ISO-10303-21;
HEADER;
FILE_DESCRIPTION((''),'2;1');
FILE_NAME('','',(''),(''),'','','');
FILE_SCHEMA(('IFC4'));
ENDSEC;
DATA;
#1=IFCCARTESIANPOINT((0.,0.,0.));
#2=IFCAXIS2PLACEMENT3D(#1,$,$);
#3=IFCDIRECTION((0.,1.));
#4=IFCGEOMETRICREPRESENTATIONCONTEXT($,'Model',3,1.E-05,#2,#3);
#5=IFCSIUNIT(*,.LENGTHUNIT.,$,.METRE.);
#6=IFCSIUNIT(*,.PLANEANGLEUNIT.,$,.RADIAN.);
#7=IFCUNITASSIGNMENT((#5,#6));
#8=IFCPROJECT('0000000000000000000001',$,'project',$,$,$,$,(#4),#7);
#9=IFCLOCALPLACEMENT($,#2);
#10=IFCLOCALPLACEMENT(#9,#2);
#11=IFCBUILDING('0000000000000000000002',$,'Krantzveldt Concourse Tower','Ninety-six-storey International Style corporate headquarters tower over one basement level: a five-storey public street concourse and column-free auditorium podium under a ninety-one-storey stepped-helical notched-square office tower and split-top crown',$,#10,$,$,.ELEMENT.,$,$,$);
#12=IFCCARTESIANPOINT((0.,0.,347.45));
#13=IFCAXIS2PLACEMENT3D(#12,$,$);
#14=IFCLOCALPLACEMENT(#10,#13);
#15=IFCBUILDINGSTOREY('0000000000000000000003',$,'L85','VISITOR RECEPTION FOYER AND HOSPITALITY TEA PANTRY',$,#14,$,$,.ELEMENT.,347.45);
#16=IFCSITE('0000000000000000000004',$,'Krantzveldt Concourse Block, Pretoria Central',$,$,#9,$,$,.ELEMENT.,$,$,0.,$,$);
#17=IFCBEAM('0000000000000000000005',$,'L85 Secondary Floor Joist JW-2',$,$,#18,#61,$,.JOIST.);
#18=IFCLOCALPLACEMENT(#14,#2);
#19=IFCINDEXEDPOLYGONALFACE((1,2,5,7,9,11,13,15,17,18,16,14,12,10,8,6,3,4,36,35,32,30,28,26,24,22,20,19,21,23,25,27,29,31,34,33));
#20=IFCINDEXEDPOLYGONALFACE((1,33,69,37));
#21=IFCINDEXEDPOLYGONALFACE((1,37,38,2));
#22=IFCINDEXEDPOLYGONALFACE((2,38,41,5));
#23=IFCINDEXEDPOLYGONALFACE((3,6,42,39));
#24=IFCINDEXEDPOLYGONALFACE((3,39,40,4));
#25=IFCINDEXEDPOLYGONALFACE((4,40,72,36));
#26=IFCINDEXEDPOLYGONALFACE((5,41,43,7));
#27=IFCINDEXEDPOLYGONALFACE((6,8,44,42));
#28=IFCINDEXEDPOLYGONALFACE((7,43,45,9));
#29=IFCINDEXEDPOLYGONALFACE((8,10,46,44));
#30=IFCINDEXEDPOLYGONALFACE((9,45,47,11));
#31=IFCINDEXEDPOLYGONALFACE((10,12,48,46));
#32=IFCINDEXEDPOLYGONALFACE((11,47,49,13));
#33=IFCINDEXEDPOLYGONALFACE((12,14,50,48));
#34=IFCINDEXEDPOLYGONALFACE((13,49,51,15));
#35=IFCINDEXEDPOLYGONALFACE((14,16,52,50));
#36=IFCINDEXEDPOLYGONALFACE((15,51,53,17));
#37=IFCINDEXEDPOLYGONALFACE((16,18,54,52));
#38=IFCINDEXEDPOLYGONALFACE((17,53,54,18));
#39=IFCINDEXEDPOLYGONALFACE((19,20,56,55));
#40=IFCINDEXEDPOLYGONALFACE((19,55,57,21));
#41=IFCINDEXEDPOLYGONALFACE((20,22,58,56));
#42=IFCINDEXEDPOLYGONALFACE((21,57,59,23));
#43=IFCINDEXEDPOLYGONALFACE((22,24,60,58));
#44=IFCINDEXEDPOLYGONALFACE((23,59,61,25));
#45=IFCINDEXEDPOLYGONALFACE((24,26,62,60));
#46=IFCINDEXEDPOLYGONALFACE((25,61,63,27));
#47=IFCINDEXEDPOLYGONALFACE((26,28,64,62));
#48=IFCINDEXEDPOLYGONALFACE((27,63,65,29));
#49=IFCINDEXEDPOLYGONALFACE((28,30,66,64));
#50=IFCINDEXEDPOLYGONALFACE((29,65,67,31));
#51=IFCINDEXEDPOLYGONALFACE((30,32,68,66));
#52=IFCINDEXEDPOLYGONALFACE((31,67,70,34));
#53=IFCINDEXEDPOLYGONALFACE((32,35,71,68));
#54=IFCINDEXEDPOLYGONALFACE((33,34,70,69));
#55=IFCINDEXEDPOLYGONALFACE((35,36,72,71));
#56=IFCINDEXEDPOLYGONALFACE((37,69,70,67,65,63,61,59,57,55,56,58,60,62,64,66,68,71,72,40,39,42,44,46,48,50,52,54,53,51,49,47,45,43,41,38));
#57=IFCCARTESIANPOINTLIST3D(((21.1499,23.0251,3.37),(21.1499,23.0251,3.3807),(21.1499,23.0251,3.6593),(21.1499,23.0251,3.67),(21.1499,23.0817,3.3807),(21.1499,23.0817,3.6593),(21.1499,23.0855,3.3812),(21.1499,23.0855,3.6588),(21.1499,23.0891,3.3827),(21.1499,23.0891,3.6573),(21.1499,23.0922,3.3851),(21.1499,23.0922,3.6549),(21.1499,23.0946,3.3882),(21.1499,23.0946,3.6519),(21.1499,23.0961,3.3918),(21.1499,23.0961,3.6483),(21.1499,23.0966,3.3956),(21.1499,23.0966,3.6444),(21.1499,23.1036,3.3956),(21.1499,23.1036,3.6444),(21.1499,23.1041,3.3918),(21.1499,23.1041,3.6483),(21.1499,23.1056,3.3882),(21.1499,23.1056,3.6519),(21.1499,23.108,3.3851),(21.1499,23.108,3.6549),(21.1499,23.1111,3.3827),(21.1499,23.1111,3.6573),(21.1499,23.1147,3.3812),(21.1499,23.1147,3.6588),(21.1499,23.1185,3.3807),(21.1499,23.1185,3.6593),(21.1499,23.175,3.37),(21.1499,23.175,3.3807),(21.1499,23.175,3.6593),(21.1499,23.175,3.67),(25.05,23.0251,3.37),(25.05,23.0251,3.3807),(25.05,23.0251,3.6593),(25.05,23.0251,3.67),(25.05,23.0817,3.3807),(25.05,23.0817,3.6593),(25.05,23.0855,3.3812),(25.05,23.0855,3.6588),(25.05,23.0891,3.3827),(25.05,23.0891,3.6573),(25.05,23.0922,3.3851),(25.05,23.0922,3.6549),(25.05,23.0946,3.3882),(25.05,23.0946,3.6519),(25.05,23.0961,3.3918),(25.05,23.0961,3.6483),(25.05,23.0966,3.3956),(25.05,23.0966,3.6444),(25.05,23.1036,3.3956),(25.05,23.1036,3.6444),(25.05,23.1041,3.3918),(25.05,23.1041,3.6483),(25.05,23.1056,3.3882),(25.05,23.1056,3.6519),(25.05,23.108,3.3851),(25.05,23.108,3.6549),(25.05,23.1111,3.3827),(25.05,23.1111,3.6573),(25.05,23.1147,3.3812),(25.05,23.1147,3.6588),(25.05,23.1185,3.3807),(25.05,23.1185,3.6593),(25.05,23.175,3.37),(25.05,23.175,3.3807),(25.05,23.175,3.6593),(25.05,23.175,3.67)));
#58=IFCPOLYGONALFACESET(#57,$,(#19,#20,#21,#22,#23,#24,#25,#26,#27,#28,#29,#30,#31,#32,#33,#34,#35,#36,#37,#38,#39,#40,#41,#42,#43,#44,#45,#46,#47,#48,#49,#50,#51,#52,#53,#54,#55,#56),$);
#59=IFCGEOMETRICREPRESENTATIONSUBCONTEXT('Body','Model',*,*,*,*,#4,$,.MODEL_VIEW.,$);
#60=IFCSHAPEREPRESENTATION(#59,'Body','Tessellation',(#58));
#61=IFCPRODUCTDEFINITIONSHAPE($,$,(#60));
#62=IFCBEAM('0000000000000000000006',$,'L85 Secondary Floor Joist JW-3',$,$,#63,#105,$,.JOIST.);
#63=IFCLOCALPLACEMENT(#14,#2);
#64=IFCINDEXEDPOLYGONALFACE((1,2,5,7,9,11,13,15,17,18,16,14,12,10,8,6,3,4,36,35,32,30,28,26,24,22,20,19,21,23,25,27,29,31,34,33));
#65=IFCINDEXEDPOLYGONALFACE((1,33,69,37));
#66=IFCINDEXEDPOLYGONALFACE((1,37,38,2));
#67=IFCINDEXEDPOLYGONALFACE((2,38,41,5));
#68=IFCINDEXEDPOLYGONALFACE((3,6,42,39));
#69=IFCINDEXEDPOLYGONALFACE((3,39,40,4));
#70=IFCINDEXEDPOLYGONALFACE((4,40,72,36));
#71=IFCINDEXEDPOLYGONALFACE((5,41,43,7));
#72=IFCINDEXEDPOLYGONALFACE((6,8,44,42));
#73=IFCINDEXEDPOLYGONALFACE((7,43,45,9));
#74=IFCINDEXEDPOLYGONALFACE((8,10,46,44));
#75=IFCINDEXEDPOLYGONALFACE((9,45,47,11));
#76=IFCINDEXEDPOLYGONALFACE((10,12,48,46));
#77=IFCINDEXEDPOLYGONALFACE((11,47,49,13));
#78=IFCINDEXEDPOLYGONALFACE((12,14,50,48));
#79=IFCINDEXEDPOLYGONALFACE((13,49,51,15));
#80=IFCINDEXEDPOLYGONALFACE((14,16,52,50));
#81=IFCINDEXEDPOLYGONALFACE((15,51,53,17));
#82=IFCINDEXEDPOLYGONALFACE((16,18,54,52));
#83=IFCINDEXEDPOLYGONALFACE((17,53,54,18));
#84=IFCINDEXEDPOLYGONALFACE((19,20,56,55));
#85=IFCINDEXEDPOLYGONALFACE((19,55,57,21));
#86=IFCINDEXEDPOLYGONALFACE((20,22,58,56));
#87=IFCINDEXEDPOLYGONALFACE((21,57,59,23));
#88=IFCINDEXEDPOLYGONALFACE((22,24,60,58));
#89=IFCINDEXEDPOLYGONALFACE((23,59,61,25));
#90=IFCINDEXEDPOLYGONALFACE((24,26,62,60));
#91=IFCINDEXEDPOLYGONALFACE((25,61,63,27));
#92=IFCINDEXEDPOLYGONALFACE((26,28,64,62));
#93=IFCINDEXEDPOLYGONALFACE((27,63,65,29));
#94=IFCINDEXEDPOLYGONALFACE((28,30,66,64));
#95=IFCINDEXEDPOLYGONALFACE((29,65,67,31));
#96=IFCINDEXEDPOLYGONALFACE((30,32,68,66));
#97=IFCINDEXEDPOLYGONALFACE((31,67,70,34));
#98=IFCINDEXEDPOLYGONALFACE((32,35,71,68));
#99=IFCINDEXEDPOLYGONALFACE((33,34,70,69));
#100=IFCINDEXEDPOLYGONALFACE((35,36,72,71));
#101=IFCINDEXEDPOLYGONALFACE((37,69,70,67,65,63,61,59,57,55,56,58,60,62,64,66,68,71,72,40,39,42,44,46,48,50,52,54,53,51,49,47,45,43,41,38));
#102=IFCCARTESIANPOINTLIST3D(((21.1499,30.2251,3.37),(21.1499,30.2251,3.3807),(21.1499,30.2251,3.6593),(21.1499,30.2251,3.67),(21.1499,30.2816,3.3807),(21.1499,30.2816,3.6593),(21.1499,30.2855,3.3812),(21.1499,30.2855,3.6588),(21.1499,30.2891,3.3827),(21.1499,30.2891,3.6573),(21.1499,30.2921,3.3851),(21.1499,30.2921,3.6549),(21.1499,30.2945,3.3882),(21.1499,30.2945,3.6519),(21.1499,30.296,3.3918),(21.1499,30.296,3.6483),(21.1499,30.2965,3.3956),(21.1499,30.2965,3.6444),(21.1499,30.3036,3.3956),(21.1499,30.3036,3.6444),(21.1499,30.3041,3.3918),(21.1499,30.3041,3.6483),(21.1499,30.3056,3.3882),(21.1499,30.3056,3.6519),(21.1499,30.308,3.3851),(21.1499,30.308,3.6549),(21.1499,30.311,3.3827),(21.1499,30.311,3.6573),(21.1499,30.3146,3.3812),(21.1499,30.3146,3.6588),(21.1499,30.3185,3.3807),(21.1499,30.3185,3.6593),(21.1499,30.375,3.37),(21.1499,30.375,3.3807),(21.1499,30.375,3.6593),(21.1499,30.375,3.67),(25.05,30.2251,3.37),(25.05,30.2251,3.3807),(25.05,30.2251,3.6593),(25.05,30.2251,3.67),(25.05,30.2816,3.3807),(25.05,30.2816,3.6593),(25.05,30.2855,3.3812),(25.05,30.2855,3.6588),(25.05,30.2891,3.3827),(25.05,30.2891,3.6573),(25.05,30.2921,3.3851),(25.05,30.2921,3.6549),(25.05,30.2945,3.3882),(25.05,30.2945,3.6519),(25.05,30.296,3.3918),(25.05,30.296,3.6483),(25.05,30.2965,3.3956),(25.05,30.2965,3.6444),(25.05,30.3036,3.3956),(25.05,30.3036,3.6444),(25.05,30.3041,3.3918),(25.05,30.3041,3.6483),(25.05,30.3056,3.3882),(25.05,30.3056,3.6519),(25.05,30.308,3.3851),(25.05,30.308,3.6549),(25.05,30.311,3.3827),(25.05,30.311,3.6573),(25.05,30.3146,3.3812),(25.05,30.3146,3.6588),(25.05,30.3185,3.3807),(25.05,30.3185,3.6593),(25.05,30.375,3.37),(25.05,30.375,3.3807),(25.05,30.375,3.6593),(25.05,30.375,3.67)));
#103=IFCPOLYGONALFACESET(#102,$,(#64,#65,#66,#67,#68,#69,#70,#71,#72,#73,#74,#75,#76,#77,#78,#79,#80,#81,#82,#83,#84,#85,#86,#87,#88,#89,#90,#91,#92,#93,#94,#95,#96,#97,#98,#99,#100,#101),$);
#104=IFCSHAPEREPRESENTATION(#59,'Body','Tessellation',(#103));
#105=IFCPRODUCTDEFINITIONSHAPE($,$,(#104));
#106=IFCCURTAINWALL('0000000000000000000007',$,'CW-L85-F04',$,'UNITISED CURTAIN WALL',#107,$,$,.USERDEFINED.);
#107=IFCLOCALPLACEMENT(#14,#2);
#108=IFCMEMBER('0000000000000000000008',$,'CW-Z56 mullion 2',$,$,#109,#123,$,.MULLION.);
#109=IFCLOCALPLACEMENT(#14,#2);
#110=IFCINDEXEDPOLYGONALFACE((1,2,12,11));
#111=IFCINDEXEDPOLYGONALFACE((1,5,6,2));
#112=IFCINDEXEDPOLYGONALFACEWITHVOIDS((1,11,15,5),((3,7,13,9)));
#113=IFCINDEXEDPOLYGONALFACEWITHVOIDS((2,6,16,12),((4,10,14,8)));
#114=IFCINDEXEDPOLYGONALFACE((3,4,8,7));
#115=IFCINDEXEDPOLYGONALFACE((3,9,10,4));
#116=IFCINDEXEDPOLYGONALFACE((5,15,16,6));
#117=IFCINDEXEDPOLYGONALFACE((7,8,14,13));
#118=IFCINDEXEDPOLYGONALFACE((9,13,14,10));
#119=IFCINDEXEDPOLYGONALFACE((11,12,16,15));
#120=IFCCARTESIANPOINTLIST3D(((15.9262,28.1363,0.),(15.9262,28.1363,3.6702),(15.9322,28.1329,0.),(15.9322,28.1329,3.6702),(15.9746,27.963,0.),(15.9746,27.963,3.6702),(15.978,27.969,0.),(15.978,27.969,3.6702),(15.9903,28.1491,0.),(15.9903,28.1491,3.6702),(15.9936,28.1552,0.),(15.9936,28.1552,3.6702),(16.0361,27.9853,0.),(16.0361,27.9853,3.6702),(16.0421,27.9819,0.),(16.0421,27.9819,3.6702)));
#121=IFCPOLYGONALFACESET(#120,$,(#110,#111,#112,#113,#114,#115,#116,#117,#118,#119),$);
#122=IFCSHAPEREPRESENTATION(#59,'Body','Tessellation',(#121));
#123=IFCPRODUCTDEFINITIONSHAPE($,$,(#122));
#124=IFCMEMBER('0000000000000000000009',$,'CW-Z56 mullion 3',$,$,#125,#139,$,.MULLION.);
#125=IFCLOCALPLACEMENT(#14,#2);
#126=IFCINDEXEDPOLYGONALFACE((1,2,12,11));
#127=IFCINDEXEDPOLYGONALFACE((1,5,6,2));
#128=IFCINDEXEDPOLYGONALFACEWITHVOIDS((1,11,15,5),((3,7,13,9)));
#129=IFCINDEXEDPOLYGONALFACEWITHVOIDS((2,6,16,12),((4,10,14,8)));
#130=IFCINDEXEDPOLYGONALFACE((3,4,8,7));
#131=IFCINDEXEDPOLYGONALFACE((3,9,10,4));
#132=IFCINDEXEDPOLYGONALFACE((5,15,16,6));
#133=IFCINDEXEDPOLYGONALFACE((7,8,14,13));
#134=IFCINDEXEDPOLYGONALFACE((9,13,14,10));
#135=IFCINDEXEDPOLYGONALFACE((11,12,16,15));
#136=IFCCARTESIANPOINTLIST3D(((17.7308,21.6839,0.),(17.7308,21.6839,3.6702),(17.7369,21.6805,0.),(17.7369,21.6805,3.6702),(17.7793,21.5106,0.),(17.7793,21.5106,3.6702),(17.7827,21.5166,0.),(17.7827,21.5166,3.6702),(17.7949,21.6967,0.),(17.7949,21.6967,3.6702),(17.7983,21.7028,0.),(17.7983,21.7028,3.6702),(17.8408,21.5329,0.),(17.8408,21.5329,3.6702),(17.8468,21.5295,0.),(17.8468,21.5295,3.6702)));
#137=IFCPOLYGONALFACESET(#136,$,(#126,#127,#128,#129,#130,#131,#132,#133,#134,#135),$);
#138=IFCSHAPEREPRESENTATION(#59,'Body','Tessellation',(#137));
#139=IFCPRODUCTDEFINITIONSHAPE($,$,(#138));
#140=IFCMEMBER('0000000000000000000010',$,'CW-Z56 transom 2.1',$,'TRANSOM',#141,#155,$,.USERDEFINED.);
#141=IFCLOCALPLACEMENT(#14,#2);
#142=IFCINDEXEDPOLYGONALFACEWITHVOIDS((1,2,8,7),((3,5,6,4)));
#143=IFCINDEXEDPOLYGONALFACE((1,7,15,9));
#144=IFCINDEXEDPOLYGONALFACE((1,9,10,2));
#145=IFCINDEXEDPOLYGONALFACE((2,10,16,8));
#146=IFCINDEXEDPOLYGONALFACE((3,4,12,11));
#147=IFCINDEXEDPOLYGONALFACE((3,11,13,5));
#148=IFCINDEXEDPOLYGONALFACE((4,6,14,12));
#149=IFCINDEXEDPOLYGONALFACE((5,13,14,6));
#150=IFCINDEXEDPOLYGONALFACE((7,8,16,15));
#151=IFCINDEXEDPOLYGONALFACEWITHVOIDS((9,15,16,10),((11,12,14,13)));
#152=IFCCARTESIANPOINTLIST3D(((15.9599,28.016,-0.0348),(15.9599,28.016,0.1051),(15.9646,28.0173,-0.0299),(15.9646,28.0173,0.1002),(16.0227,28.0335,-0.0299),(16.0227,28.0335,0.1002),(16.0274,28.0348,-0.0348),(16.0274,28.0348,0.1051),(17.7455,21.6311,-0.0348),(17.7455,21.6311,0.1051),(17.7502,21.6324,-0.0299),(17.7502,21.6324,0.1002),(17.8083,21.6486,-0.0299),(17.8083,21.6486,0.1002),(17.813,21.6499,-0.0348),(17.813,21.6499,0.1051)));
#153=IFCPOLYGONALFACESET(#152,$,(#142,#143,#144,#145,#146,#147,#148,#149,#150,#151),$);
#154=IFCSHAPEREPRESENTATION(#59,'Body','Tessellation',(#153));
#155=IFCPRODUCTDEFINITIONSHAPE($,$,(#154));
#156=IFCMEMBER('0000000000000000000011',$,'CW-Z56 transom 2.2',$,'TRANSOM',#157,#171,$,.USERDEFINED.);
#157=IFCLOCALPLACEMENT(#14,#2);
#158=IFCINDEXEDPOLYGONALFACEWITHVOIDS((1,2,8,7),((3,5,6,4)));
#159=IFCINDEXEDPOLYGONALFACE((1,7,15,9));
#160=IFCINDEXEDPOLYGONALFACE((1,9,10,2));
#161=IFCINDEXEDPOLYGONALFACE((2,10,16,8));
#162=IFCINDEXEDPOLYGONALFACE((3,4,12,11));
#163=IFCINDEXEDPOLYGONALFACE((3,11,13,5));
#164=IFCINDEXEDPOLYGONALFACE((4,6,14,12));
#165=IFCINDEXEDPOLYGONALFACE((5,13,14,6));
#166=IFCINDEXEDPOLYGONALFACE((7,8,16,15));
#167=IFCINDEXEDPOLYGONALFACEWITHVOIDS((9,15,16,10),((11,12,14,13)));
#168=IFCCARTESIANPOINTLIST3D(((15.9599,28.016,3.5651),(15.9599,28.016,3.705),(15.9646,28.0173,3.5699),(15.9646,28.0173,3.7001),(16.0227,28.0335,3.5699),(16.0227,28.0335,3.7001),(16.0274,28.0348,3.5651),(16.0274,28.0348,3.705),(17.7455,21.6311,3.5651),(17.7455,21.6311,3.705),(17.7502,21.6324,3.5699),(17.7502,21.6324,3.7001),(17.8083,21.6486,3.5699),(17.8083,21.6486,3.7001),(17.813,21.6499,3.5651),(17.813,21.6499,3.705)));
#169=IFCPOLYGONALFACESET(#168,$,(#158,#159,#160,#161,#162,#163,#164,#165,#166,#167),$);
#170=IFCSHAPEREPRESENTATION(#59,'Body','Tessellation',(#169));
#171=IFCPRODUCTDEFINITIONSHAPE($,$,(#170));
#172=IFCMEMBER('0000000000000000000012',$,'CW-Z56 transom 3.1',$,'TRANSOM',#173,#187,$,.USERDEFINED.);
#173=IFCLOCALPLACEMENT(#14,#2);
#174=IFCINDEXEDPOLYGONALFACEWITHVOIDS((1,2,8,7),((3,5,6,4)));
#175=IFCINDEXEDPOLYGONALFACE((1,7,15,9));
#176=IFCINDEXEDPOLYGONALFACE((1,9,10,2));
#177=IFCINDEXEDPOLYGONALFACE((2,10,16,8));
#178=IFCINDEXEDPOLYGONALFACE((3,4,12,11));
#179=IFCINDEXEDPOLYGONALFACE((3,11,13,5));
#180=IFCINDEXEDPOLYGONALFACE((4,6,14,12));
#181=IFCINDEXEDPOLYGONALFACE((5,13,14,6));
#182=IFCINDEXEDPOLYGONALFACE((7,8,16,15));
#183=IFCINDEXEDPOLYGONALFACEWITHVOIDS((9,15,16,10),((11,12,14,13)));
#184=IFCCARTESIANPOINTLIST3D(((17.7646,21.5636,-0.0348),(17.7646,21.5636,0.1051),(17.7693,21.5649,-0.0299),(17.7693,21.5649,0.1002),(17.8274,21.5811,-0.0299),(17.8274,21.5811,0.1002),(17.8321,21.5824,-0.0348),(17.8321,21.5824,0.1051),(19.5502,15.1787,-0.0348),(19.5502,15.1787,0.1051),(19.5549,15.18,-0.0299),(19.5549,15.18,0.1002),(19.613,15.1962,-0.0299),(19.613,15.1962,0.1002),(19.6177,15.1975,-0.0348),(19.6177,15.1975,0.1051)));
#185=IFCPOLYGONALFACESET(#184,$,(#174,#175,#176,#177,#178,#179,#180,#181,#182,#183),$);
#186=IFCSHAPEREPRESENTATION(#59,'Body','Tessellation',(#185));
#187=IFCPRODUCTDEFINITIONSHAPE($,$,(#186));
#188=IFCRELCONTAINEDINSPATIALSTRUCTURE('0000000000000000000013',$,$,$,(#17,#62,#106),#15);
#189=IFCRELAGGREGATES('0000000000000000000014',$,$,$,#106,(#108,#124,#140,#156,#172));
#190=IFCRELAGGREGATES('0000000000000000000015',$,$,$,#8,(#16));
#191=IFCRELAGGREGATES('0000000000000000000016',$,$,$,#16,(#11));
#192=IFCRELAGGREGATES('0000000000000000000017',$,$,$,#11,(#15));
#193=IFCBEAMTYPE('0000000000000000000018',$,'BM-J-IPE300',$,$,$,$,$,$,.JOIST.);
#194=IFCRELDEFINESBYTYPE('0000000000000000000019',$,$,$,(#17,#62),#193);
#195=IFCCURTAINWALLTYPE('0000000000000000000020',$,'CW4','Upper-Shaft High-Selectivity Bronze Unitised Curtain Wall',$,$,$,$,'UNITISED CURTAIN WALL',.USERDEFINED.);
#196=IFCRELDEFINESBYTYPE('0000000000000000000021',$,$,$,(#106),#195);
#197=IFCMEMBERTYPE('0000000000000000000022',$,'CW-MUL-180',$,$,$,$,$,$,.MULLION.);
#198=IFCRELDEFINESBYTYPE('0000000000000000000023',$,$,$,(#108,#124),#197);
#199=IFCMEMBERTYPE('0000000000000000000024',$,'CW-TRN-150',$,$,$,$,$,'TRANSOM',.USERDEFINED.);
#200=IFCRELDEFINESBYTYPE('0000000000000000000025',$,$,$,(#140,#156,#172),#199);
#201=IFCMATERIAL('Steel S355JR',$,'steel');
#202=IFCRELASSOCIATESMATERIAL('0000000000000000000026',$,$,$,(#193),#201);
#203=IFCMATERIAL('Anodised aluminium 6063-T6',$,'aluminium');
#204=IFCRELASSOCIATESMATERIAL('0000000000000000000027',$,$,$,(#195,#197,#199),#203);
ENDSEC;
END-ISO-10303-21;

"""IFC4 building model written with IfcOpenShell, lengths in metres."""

from ifc_helpers import new_model, si_unit, direction, frame, origin, origin_2d, place, context, subcontext, project, spatial, hollow_rectangle, i_section, extrude, source, transform, mapped, material, material_profile, profile_set, type_object, type_shapes, element, aggregate, save


model = new_model("IFC4")

# Units and contexts
model_context = context("Model", 3, precision=1e-05, world=origin(), true_north=direction((0.0, 1.0)))
body_context = subcontext(model_context, "Body", "Model", "MODEL_VIEW")
ifc_project = project(units=[si_unit("LENGTHUNIT", "METRE"), si_unit("PLANEANGLEUNIT", "RADIAN")], contexts=[model_context])

# Site, building, storey
site_placement = place(None, origin())
site = spatial("IfcSite", under=ifc_project, at=site_placement, Name="Krantzveldt Concourse Block, Pretoria Central", CompositionType="ELEMENT", RefElevation=0.0)
building_placement = place(site_placement, origin())
building = spatial("IfcBuilding", under=site, at=building_placement, Name="Krantzveldt Concourse Tower", Description="Ninety-six-storey International Style corporate headquarters tower over one basement level: a five-storey public street concourse and column-free auditorium podium under a ninety-one-storey stepped-helical notched-square office tower and split-top crown", CompositionType="ELEMENT")
storey_placement = place(building_placement, frame((0.0, 0.0, 347.45)))
storey = spatial("IfcBuildingStorey", under=building, at=storey_placement, Name="L85", Description="VISITOR RECEPTION FOYER AND HOSPITALITY TEA PANTRY", CompositionType="ELEMENT", Elevation=347.45)

# Beams
ifc_material_1 = material(Name="Steel S355JR", Category="steel")
ifc_material_profile_1 = material_profile(ifc_material_1, i_section(OverallWidth=0.1499, OverallDepth=0.3, WebThickness=0.0071, FlangeThickness=0.0107, FilletRadius=0.0149, at=origin_2d()), Name="Steel S355JR", Category="steel")
ifc_profile_set_1 = profile_set([ifc_material_profile_1], Name="Steel S355JR - IPE 300")
beam_type_1 = type_object("IfcBeamType", Name="BM-J-IPE300", PredefinedType="JOIST", material=ifc_profile_set_1)
shared_shape_1 = source(origin(), body_context, "Body", "SweptSolid", [
    extrude(i_section(OverallWidth=0.1499, OverallDepth=0.3, WebThickness=0.0071, FlangeThickness=0.0107, FilletRadius=0.0149, at=origin_2d()), origin(), (0.0, 0.0, 1.0), 3.9001),
])
for number, where, z_axis, x_axis, name in (
    (1, (21.1499, 23.1001, 3.52), (1.0, 0.0, 0.0), (0.0, 1.0, 0.0), "L85 Secondary Floor Joist JW-2"),
    (2, (21.1499, 30.3, 3.52), (1.0, 0.0, 0.0), (0.0, 1.0, 0.0), "L85 Secondary Floor Joist JW-3"),
):
    element("IfcBeam", number, at=place(storey_placement, frame(where, z_axis=z_axis, x_axis=x_axis)), inside=storey, type_object=beam_type_1, Name=name, PredefinedType="JOIST", context=body_context, shape_type="MappedRepresentation", body=[
        mapped(shared_shape_1, transform((0.0, 0.0, 0.0), x_axis=(1.0, 0.0, 0.0), y_axis=(0.0, 1.0, 0.0), z_axis=(0.0, 0.0, 1.0), scale=1.0)),
    ])

# Curtain wall, members
ifc_material_2 = material(Name="Anodised aluminium 6063-T6", Category="aluminium")
curtain_wall_type = type_object("IfcCurtainWallType", Name="CW4", Description="Upper-Shaft High-Selectivity Bronze Unitised Curtain Wall", ElementType="UNITISED CURTAIN WALL", PredefinedType="USERDEFINED", material=ifc_material_2)
curtain_wall_placement = place(storey_placement, origin())
curtain_wall = element("IfcCurtainWall", 3, at=curtain_wall_placement, inside=storey, type_object=curtain_wall_type, Name="CW-L85-F04", ObjectType="UNITISED CURTAIN WALL", PredefinedType="USERDEFINED")
ifc_material_profile_2 = material_profile(ifc_material_2, hollow_rectangle(XDim=0.0701, YDim=0.1799, WallThickness=0.0049, at=origin_2d()), Name="Anodised aluminium 6063-T6", Category="aluminium")
ifc_profile_set_2 = profile_set([ifc_material_profile_2], Name="Anodised aluminium 6063-T6 - ALU-MULL 180x70x5")
member_type_1 = type_object("IfcMemberType", Name="CW-MUL-180", PredefinedType="MULLION", material=ifc_profile_set_2)
shared_shape_2 = source(origin(), body_context, "Body", "SweptSolid", [
    extrude(hollow_rectangle(XDim=0.0701, YDim=0.1799, WallThickness=0.0049, at=origin_2d()), origin(), (0.0, 0.0, 1.0), 3.6702),
])
type_shapes(member_type_1, [shared_shape_2])
member_1_placement = place(storey_placement, frame((15.9841, 28.0591, 0.0), z_axis=(0.0, 0.0, 1.0), x_axis=(0.963045, 0.26934, 0.0)))
member_1 = element("IfcMember", 4, at=member_1_placement, type_object=member_type_1, Name="CW-Z56 mullion 2", PredefinedType="MULLION", context=body_context, shape_type="MappedRepresentation", body=[
    mapped(shared_shape_2, transform((0.0, 0.0, 0.0), x_axis=(1.0, 0.0, 0.0), y_axis=(0.0, 1.0, 0.0), z_axis=(0.0, 0.0, 1.0), scale=1.0)),
])
member_2_placement = place(storey_placement, frame((17.7888, 21.6067, 0.0), z_axis=(0.0, 0.0, 1.0), x_axis=(0.963045, 0.26934, 0.0)))
member_2 = element("IfcMember", 5, at=member_2_placement, type_object=member_type_1, Name="CW-Z56 mullion 3", PredefinedType="MULLION", context=body_context, shape_type="MappedRepresentation", body=[
    mapped(shared_shape_2, transform((0.0, 0.0, 0.0), x_axis=(1.0, 0.0, 0.0), y_axis=(0.0, 1.0, 0.0), z_axis=(0.0, 0.0, 1.0), scale=1.0)),
])
ifc_material_profile_3 = material_profile(ifc_material_2, hollow_rectangle(XDim=0.0701, YDim=0.1399, WallThickness=0.0049, at=origin_2d()), Name="Anodised aluminium 6063-T6", Category="aluminium")
ifc_profile_set_3 = profile_set([ifc_material_profile_3], Name="Anodised aluminium 6063-T6 - ALU-TRAN 140x70x5")
member_type_2 = type_object("IfcMemberType", Name="CW-TRN-150", ElementType="TRANSOM", PredefinedType="USERDEFINED", material=ifc_profile_set_3)
shared_shape_3 = source(origin(), body_context, "Body", "SweptSolid", [
    extrude(hollow_rectangle(XDim=0.0701, YDim=0.1399, WallThickness=0.0049, at=origin_2d()), origin(), (0.0, 0.0, 1.0), 6.6299),
])
type_shapes(member_type_2, [shared_shape_3])
member_3_placement = place(storey_placement, frame((15.9937, 28.0254, 0.0352), z_axis=(0.269328, -0.963048, 0.0), x_axis=(0.963048, 0.269328, 0.0)))
member_3 = element("IfcMember", 6, at=member_3_placement, type_object=member_type_2, Name="CW-Z56 transom 2.1", ObjectType="TRANSOM", PredefinedType="USERDEFINED", context=body_context, shape_type="MappedRepresentation", body=[
    mapped(shared_shape_3, transform((0.0, 0.0, 0.0), x_axis=(1.0, 0.0, 0.0), y_axis=(0.0, 1.0, 0.0), z_axis=(0.0, 0.0, 1.0), scale=1.0)),
])
member_4_placement = place(storey_placement, frame((15.9937, 28.0254, 3.635), z_axis=(0.269328, -0.963048, 0.0), x_axis=(0.963048, 0.269328, 0.0)))
member_4 = element("IfcMember", 7, at=member_4_placement, type_object=member_type_2, Name="CW-Z56 transom 2.2", ObjectType="TRANSOM", PredefinedType="USERDEFINED", context=body_context, shape_type="MappedRepresentation", body=[
    mapped(shared_shape_3, transform((0.0, 0.0, 0.0), x_axis=(1.0, 0.0, 0.0), y_axis=(0.0, 1.0, 0.0), z_axis=(0.0, 0.0, 1.0), scale=1.0)),
])
member_5_placement = place(storey_placement, frame((17.7983, 21.573, 0.0352), z_axis=(0.269328, -0.963048, 0.0), x_axis=(0.963048, 0.269328, 0.0)))
member_5 = element("IfcMember", 8, at=member_5_placement, type_object=member_type_2, Name="CW-Z56 transom 3.1", ObjectType="TRANSOM", PredefinedType="USERDEFINED", context=body_context, shape_type="MappedRepresentation", body=[
    mapped(shared_shape_3, transform((0.0, 0.0, 0.0), x_axis=(1.0, 0.0, 0.0), y_axis=(0.0, 1.0, 0.0), z_axis=(0.0, 0.0, 1.0), scale=1.0)),
])
aggregate(curtain_wall, [member_1, member_2, member_3, member_4, member_5])

save(model, "model.ifc")
